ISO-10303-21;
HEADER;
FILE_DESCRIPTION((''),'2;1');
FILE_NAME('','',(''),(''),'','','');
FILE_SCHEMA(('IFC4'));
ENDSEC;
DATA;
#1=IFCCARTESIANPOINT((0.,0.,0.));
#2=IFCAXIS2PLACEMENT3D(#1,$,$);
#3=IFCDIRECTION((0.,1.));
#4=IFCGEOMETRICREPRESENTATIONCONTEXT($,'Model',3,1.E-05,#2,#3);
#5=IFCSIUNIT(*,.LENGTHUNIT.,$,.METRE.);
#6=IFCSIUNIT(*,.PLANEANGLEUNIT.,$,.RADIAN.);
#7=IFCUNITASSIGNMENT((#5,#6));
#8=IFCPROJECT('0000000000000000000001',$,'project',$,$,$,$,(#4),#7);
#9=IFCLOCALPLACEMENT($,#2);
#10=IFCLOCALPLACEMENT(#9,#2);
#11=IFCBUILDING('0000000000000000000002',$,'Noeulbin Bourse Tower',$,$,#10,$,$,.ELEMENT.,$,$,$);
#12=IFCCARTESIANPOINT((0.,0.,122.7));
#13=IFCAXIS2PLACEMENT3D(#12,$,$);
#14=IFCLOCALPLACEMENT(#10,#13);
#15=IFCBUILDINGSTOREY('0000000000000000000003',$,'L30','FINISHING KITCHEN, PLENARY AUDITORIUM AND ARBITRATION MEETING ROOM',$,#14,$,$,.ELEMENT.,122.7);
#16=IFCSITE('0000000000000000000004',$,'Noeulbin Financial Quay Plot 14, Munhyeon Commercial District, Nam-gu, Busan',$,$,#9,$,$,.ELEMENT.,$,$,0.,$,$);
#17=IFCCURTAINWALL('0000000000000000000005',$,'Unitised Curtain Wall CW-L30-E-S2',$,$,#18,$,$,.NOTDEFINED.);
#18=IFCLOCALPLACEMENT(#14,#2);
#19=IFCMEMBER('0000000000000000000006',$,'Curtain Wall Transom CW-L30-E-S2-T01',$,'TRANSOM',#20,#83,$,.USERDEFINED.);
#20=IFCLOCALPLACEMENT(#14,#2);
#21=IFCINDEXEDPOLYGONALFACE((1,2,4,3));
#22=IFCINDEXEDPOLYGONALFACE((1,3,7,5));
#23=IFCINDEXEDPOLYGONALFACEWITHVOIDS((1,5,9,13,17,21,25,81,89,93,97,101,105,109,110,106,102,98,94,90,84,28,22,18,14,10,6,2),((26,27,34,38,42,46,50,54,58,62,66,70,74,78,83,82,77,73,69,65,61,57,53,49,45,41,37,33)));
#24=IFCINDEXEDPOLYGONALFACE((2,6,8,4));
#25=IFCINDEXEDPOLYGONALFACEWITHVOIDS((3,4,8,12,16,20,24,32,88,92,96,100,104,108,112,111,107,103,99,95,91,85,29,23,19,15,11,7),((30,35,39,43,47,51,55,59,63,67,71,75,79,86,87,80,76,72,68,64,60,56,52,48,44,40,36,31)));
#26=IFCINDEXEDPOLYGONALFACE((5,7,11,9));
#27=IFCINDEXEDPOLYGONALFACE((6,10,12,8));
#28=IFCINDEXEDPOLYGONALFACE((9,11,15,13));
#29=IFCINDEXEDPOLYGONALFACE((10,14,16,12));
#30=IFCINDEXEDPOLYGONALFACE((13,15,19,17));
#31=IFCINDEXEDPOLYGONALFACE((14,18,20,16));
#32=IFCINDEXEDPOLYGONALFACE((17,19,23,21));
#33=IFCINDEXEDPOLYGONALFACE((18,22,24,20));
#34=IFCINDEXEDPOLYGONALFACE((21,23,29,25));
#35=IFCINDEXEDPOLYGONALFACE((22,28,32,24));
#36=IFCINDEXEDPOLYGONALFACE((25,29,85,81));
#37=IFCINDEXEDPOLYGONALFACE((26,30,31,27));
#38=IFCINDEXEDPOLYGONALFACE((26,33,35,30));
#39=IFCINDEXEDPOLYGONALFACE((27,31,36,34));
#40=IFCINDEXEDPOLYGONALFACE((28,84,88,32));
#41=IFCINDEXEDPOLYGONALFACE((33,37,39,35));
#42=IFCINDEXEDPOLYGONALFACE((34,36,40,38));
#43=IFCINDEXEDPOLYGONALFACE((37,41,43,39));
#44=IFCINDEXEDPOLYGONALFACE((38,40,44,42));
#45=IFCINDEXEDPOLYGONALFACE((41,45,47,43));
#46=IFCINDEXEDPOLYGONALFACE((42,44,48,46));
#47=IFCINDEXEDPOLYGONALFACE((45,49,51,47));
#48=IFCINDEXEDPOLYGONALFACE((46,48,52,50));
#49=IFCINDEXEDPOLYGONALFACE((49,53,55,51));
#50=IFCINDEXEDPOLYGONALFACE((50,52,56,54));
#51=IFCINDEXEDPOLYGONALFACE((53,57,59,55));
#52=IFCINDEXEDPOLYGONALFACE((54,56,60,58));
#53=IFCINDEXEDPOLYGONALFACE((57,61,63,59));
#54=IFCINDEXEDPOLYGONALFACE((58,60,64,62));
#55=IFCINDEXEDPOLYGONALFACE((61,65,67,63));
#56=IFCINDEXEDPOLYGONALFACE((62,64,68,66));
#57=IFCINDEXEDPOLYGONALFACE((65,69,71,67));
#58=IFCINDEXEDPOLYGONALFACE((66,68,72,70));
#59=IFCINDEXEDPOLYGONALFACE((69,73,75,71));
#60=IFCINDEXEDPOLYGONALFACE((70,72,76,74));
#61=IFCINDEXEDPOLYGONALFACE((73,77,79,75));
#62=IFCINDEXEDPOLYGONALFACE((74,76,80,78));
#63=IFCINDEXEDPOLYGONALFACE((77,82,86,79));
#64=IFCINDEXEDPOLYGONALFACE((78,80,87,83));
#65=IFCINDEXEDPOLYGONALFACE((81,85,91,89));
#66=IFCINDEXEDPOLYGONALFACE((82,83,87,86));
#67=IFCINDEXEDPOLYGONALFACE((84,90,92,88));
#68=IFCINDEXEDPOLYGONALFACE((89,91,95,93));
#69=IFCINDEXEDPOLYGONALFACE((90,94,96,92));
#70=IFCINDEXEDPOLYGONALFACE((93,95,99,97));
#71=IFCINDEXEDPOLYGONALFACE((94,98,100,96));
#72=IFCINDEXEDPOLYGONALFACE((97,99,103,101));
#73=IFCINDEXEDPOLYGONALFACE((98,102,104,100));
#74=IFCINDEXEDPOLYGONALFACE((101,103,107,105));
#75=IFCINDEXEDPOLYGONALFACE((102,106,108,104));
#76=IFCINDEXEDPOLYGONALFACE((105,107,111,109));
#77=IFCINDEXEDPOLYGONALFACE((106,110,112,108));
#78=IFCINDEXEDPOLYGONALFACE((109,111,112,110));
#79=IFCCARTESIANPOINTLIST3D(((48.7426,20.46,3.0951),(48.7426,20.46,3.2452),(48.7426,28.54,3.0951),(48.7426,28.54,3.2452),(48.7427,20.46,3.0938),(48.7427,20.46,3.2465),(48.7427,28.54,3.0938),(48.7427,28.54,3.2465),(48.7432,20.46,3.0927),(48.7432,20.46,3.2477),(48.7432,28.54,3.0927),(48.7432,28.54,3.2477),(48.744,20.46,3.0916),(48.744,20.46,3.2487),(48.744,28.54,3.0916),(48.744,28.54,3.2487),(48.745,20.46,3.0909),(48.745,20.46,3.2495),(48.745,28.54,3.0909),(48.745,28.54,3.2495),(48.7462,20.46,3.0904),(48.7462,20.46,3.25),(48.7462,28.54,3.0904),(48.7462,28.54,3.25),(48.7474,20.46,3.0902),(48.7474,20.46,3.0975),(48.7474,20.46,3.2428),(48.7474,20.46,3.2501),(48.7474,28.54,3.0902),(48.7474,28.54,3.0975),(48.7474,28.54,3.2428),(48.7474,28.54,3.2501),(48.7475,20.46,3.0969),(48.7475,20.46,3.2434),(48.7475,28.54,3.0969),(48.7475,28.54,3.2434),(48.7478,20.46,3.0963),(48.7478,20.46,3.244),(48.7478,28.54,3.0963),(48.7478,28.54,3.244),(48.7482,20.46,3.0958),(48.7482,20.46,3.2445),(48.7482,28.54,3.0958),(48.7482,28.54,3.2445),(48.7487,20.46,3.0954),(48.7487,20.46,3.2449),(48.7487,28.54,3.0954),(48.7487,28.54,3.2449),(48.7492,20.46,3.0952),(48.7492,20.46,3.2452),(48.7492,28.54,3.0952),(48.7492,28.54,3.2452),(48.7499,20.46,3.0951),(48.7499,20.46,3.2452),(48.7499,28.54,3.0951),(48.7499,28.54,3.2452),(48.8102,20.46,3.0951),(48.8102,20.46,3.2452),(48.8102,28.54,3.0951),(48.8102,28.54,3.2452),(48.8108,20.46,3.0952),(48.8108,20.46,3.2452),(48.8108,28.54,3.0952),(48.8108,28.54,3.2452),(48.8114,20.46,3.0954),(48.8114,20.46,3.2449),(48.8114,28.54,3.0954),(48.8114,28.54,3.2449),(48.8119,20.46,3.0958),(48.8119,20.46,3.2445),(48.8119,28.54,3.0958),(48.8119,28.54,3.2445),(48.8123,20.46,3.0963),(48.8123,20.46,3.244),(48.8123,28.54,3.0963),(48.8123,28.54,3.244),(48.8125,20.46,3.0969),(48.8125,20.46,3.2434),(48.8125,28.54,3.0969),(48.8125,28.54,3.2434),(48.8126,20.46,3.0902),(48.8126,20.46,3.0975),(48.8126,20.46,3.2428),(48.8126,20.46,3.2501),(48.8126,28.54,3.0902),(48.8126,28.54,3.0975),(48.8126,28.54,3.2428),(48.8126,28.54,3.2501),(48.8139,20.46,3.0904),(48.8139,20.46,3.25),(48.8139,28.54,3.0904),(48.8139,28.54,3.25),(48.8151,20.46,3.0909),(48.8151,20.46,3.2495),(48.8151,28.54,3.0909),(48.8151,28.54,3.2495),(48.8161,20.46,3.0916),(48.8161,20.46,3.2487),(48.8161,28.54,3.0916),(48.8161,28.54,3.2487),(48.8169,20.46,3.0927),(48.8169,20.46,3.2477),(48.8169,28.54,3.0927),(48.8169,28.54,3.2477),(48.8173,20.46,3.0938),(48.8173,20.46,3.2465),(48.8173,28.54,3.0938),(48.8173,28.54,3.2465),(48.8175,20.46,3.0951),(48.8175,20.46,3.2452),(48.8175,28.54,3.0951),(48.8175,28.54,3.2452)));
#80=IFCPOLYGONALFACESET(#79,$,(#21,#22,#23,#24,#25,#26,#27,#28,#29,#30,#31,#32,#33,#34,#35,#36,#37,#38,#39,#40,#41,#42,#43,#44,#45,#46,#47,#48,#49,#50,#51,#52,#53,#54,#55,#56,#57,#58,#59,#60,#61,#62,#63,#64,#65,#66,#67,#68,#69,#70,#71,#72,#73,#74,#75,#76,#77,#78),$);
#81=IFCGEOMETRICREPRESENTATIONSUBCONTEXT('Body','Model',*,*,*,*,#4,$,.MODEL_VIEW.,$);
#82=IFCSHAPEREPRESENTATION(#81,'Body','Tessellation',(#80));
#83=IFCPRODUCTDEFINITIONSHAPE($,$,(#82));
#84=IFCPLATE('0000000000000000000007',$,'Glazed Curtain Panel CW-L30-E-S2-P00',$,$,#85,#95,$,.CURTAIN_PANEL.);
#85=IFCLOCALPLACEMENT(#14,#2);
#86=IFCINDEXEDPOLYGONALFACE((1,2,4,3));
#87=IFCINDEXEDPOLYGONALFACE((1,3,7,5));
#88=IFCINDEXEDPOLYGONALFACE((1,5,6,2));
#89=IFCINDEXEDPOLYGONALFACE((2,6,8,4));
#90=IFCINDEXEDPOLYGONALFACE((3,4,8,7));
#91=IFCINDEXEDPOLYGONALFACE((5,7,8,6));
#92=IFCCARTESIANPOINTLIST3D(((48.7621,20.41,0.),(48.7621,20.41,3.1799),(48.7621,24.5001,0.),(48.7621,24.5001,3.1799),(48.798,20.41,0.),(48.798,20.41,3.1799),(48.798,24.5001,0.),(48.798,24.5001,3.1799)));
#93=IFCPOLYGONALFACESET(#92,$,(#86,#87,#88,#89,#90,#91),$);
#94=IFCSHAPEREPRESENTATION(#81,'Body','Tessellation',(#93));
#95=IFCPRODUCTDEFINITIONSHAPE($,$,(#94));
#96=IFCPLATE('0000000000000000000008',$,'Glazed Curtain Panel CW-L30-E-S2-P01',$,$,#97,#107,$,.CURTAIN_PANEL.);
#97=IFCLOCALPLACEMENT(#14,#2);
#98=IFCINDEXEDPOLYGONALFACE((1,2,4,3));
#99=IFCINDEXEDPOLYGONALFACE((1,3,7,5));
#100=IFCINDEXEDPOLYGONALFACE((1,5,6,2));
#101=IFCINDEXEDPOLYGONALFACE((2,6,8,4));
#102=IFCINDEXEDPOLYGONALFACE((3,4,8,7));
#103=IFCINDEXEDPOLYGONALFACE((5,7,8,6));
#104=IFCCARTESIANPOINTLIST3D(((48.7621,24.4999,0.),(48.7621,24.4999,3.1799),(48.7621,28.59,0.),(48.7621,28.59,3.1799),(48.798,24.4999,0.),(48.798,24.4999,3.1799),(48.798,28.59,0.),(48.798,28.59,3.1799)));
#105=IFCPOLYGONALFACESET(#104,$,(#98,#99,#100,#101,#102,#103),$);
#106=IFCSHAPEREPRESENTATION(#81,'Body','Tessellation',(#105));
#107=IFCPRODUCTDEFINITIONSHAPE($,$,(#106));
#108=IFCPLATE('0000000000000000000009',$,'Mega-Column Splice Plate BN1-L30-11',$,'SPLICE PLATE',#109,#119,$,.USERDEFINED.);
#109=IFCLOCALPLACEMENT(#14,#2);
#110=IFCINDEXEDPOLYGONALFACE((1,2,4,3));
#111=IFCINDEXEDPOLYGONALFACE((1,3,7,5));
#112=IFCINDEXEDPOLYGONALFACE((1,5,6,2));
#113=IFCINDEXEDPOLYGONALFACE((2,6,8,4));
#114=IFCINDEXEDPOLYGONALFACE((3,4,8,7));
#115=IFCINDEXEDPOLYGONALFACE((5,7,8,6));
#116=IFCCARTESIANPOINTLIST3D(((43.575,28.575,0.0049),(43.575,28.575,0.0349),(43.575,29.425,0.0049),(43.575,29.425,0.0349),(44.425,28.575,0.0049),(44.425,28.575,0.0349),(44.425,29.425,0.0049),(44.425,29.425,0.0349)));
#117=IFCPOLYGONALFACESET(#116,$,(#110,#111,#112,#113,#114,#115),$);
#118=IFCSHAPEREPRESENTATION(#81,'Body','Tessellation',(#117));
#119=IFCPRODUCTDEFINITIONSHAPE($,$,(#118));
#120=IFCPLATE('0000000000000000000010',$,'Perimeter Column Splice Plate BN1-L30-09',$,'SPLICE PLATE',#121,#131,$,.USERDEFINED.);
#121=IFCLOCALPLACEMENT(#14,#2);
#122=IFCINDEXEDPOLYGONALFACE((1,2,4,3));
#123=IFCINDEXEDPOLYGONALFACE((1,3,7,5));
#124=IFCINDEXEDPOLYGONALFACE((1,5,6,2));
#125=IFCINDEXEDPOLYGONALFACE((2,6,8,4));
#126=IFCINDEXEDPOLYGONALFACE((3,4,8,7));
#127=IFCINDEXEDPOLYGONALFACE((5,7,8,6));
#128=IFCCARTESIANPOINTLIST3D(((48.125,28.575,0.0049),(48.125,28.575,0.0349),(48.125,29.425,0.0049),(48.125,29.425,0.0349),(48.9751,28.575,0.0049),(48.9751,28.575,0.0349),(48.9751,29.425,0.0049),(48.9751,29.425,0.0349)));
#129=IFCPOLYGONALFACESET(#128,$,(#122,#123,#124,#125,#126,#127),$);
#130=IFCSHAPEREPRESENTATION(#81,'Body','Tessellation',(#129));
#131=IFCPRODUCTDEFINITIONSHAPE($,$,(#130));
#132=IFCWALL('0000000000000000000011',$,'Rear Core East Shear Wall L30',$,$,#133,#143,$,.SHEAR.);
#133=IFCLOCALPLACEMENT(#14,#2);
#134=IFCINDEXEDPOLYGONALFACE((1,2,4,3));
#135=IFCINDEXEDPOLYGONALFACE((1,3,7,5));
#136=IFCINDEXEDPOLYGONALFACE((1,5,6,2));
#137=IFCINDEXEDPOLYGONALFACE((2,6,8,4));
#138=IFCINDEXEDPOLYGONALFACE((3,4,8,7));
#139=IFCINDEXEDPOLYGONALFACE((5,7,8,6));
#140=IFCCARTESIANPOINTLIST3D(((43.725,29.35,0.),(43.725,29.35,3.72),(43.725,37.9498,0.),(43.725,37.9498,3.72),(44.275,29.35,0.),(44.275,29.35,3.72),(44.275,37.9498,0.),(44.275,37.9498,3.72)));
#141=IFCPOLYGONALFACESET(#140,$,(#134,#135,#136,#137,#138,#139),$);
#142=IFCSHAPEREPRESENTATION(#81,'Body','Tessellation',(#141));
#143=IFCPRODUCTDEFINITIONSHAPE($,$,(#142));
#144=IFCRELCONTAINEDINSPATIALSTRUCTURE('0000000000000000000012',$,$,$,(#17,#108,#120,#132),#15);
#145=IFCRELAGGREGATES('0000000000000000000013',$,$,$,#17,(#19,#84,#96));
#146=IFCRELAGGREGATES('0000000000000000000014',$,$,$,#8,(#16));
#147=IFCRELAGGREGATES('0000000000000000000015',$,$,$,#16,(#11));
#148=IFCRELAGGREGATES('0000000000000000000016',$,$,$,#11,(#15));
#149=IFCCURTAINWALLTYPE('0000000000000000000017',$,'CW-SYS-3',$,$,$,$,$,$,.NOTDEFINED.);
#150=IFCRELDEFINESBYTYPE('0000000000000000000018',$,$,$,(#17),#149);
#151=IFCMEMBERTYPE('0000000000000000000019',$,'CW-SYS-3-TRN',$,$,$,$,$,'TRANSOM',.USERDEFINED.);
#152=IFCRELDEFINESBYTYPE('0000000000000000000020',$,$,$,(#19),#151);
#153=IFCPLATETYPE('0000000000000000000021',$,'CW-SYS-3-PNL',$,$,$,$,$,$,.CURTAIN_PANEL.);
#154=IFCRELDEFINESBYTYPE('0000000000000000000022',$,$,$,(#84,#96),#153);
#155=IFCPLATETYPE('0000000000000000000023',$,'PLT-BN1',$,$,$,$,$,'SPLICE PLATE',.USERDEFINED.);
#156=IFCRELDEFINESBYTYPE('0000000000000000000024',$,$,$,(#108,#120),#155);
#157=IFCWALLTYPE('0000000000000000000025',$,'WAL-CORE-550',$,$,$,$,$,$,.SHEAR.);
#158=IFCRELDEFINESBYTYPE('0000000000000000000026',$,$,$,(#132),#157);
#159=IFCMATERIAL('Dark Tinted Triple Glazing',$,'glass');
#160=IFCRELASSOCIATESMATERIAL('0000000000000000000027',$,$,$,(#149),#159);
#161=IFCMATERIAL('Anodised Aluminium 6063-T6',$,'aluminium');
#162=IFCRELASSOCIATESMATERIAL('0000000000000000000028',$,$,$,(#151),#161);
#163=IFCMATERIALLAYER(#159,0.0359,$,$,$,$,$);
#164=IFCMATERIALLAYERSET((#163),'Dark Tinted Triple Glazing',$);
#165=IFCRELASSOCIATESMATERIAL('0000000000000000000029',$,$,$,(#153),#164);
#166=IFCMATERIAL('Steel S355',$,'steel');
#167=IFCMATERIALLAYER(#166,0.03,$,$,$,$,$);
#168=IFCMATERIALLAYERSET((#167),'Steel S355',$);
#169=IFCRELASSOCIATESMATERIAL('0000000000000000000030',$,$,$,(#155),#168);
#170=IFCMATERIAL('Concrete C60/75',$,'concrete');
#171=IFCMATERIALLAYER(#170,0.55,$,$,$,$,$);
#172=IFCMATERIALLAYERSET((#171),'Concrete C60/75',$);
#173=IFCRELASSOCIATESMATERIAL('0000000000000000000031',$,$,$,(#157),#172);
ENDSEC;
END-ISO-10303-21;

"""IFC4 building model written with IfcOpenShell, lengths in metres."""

from ifc_helpers import new_model, si_unit, direction, frame, frame_2d, origin, origin_2d, place, context, subcontext, project, spatial, rectangle, hollow_rectangle, extrude, material, layer, layer_set, material_profile, profile_set, type_object, element, aggregate, save


model = new_model("IFC4")

# Units and contexts
model_context = context("Model", 3, precision=1e-05, world=origin(), true_north=direction((0.0, 1.0)))
body_context = subcontext(model_context, "Body", "Model", "MODEL_VIEW")
ifc_project = project(units=[si_unit("LENGTHUNIT", "METRE"), si_unit("PLANEANGLEUNIT", "RADIAN")], contexts=[model_context])

# Site, building, storey
site_placement = place(None, origin())
site = spatial("IfcSite", under=ifc_project, at=site_placement, Name="Noeulbin Financial Quay Plot 14, Munhyeon Commercial District, Nam-gu, Busan", CompositionType="ELEMENT", RefElevation=0.0)
building_placement = place(site_placement, origin())
building = spatial("IfcBuilding", under=site, at=building_placement, Name="Noeulbin Bourse Tower", CompositionType="ELEMENT")
storey_placement = place(building_placement, frame((0.0, 0.0, 122.7)))
storey = spatial("IfcBuildingStorey", under=building, at=storey_placement, Name="L30", Description="FINISHING KITCHEN, PLENARY AUDITORIUM AND ARBITRATION MEETING ROOM", CompositionType="ELEMENT", Elevation=122.7)

# Shared definitions
ifc_material_1 = material(Name="Steel S355", Category="steel")

# Curtain wall
ifc_material_2 = material(Name="Dark Tinted Triple Glazing", Category="glass")
curtain_wall_type = type_object("IfcCurtainWallType", Name="CW-SYS-3", PredefinedType="NOTDEFINED", material=ifc_material_2)
curtain_wall_1_placement = place(storey_placement, origin())
curtain_wall_1 = element("IfcCurtainWall", 1, at=curtain_wall_1_placement, inside=storey, type_object=curtain_wall_type, Name="Unitised Curtain Wall CW-L30-E-S2", PredefinedType="NOTDEFINED")
ifc_material_3 = material(Name="Anodised Aluminium 6063-T6", Category="aluminium")

# Member
ifc_material_profile_1 = material_profile(ifc_material_3, hollow_rectangle(XDim=0.075, YDim=0.1599, WallThickness=0.0049, InnerFilletRadius=0.0024, OuterFilletRadius=0.0049, at=origin_2d()), Name="ALU-TRAN-75x160x5", Category="LoadBearing")
ifc_profile_set_1 = profile_set([ifc_material_profile_1], Name="Anodised Aluminium 6063-T6")
member_type_1 = type_object("IfcMemberType", Name="CW-SYS-3-TRN", ElementType="TRANSOM", PredefinedType="USERDEFINED", material=ifc_profile_set_1)
member_1_placement = place(storey_placement, frame((48.78, 20.46, 3.1702), z_axis=(0.0, 1.0, 0.0), x_axis=(-1.0, 0.0, 0.0)))
member_1 = element("IfcMember", 2, at=member_1_placement, type_object=member_type_1, Name="Curtain Wall Transom CW-L30-E-S2-T01", ObjectType="TRANSOM", PredefinedType="USERDEFINED", context=body_context, shape_type="SweptSolid", body=[
    extrude(hollow_rectangle(XDim=0.075, YDim=0.1599, WallThickness=0.0049, InnerFilletRadius=0.0024, OuterFilletRadius=0.0049, at=origin_2d()), origin(), (0.0, 0.0, 1.0), 8.0801),
])

# Plates
ifc_layer_1 = layer(ifc_material_2, 0.0359)
ifc_layer_set_1 = layer_set([ifc_layer_1], Name="Dark Tinted Triple Glazing")
plate_type_1 = type_object("IfcPlateType", Name="CW-SYS-3-PNL", PredefinedType="CURTAIN_PANEL", material=ifc_layer_set_1)
plate_1_placement = place(storey_placement, frame((48.78, 22.4551, 0.0), z_axis=(0.0, 0.0, 1.0), x_axis=(0.0, 1.0, 0.0)))
plate_1 = element("IfcPlate", 3, at=plate_1_placement, type_object=plate_type_1, Name="Glazed Curtain Panel CW-L30-E-S2-P00", PredefinedType="CURTAIN_PANEL", context=body_context, shape_type="SweptSolid", body=[
    extrude(rectangle(XDim=4.0901, YDim=0.0359, at=origin_2d()), origin(), (0.0, 0.0, 1.0), 3.1799),
])
plate_2_placement = place(storey_placement, frame((48.78, 26.5449, 0.0), z_axis=(0.0, 0.0, 1.0), x_axis=(0.0, 1.0, 0.0)))
plate_2 = element("IfcPlate", 4, at=plate_2_placement, type_object=plate_type_1, Name="Glazed Curtain Panel CW-L30-E-S2-P01", PredefinedType="CURTAIN_PANEL", context=body_context, shape_type="SweptSolid", body=[
    extrude(rectangle(XDim=4.0901, YDim=0.0359, at=origin_2d()), origin(), (0.0, 0.0, 1.0), 3.1799),
])
aggregate(curtain_wall_1, [member_1, plate_1, plate_2])

# Plates
ifc_layer_2 = layer(ifc_material_1, 0.03)
ifc_layer_set_2 = layer_set([ifc_layer_2], Name="Steel S355")
plate_type_2 = type_object("IfcPlateType", Name="PLT-BN1", ElementType="SPLICE PLATE", PredefinedType="USERDEFINED", material=ifc_layer_set_2)
for number, where, z_axis, x_axis, name in (
    (5, (44.0, 29.0, 0.0049), (0.0, 0.0, 1.0), (1.0, 0.0, 0.0), "Mega-Column Splice Plate BN1-L30-11"),
    (6, (48.55, 29.0, 0.0049), (0.0, 0.0, 1.0), (1.0, 0.0, 0.0), "Perimeter Column Splice Plate BN1-L30-09"),
):
    element("IfcPlate", number, at=place(storey_placement, frame(where, z_axis=z_axis, x_axis=x_axis)), inside=storey, type_object=plate_type_2, Name=name, ObjectType="SPLICE PLATE", PredefinedType="USERDEFINED", context=body_context, shape_type="SweptSolid", body=[
        extrude(rectangle(XDim=0.8501, YDim=0.8501, at=origin_2d()), origin(), (0.0, 0.0, 1.0), 0.03),
    ])

# Wall
ifc_material_4 = material(Name="Concrete C60/75", Category="concrete")
ifc_layer_3 = layer(ifc_material_4, 0.55)
ifc_layer_set_3 = layer_set([ifc_layer_3], Name="Concrete C60/75")
wall_type = type_object("IfcWallType", Name="WAL-CORE-550", PredefinedType="SHEAR", material=ifc_layer_set_3)
wall_placement = place(storey_placement, frame((44.0, 29.3501, 0.0), z_axis=(0.0, 0.0, 1.0), x_axis=(0.0, 1.0, 0.0)))
element("IfcWall", 7, at=wall_placement, inside=storey, type_object=wall_type, Name="Rear Core East Shear Wall L30", PredefinedType="SHEAR", context=body_context, shape_type="SweptSolid", body=[
    extrude(rectangle(XDim=8.5999, YDim=0.55, at=frame_2d((4.2998, 0.0))), origin(), (0.0, 0.0, 1.0), 3.72),
])

save(model, "model.ifc")
